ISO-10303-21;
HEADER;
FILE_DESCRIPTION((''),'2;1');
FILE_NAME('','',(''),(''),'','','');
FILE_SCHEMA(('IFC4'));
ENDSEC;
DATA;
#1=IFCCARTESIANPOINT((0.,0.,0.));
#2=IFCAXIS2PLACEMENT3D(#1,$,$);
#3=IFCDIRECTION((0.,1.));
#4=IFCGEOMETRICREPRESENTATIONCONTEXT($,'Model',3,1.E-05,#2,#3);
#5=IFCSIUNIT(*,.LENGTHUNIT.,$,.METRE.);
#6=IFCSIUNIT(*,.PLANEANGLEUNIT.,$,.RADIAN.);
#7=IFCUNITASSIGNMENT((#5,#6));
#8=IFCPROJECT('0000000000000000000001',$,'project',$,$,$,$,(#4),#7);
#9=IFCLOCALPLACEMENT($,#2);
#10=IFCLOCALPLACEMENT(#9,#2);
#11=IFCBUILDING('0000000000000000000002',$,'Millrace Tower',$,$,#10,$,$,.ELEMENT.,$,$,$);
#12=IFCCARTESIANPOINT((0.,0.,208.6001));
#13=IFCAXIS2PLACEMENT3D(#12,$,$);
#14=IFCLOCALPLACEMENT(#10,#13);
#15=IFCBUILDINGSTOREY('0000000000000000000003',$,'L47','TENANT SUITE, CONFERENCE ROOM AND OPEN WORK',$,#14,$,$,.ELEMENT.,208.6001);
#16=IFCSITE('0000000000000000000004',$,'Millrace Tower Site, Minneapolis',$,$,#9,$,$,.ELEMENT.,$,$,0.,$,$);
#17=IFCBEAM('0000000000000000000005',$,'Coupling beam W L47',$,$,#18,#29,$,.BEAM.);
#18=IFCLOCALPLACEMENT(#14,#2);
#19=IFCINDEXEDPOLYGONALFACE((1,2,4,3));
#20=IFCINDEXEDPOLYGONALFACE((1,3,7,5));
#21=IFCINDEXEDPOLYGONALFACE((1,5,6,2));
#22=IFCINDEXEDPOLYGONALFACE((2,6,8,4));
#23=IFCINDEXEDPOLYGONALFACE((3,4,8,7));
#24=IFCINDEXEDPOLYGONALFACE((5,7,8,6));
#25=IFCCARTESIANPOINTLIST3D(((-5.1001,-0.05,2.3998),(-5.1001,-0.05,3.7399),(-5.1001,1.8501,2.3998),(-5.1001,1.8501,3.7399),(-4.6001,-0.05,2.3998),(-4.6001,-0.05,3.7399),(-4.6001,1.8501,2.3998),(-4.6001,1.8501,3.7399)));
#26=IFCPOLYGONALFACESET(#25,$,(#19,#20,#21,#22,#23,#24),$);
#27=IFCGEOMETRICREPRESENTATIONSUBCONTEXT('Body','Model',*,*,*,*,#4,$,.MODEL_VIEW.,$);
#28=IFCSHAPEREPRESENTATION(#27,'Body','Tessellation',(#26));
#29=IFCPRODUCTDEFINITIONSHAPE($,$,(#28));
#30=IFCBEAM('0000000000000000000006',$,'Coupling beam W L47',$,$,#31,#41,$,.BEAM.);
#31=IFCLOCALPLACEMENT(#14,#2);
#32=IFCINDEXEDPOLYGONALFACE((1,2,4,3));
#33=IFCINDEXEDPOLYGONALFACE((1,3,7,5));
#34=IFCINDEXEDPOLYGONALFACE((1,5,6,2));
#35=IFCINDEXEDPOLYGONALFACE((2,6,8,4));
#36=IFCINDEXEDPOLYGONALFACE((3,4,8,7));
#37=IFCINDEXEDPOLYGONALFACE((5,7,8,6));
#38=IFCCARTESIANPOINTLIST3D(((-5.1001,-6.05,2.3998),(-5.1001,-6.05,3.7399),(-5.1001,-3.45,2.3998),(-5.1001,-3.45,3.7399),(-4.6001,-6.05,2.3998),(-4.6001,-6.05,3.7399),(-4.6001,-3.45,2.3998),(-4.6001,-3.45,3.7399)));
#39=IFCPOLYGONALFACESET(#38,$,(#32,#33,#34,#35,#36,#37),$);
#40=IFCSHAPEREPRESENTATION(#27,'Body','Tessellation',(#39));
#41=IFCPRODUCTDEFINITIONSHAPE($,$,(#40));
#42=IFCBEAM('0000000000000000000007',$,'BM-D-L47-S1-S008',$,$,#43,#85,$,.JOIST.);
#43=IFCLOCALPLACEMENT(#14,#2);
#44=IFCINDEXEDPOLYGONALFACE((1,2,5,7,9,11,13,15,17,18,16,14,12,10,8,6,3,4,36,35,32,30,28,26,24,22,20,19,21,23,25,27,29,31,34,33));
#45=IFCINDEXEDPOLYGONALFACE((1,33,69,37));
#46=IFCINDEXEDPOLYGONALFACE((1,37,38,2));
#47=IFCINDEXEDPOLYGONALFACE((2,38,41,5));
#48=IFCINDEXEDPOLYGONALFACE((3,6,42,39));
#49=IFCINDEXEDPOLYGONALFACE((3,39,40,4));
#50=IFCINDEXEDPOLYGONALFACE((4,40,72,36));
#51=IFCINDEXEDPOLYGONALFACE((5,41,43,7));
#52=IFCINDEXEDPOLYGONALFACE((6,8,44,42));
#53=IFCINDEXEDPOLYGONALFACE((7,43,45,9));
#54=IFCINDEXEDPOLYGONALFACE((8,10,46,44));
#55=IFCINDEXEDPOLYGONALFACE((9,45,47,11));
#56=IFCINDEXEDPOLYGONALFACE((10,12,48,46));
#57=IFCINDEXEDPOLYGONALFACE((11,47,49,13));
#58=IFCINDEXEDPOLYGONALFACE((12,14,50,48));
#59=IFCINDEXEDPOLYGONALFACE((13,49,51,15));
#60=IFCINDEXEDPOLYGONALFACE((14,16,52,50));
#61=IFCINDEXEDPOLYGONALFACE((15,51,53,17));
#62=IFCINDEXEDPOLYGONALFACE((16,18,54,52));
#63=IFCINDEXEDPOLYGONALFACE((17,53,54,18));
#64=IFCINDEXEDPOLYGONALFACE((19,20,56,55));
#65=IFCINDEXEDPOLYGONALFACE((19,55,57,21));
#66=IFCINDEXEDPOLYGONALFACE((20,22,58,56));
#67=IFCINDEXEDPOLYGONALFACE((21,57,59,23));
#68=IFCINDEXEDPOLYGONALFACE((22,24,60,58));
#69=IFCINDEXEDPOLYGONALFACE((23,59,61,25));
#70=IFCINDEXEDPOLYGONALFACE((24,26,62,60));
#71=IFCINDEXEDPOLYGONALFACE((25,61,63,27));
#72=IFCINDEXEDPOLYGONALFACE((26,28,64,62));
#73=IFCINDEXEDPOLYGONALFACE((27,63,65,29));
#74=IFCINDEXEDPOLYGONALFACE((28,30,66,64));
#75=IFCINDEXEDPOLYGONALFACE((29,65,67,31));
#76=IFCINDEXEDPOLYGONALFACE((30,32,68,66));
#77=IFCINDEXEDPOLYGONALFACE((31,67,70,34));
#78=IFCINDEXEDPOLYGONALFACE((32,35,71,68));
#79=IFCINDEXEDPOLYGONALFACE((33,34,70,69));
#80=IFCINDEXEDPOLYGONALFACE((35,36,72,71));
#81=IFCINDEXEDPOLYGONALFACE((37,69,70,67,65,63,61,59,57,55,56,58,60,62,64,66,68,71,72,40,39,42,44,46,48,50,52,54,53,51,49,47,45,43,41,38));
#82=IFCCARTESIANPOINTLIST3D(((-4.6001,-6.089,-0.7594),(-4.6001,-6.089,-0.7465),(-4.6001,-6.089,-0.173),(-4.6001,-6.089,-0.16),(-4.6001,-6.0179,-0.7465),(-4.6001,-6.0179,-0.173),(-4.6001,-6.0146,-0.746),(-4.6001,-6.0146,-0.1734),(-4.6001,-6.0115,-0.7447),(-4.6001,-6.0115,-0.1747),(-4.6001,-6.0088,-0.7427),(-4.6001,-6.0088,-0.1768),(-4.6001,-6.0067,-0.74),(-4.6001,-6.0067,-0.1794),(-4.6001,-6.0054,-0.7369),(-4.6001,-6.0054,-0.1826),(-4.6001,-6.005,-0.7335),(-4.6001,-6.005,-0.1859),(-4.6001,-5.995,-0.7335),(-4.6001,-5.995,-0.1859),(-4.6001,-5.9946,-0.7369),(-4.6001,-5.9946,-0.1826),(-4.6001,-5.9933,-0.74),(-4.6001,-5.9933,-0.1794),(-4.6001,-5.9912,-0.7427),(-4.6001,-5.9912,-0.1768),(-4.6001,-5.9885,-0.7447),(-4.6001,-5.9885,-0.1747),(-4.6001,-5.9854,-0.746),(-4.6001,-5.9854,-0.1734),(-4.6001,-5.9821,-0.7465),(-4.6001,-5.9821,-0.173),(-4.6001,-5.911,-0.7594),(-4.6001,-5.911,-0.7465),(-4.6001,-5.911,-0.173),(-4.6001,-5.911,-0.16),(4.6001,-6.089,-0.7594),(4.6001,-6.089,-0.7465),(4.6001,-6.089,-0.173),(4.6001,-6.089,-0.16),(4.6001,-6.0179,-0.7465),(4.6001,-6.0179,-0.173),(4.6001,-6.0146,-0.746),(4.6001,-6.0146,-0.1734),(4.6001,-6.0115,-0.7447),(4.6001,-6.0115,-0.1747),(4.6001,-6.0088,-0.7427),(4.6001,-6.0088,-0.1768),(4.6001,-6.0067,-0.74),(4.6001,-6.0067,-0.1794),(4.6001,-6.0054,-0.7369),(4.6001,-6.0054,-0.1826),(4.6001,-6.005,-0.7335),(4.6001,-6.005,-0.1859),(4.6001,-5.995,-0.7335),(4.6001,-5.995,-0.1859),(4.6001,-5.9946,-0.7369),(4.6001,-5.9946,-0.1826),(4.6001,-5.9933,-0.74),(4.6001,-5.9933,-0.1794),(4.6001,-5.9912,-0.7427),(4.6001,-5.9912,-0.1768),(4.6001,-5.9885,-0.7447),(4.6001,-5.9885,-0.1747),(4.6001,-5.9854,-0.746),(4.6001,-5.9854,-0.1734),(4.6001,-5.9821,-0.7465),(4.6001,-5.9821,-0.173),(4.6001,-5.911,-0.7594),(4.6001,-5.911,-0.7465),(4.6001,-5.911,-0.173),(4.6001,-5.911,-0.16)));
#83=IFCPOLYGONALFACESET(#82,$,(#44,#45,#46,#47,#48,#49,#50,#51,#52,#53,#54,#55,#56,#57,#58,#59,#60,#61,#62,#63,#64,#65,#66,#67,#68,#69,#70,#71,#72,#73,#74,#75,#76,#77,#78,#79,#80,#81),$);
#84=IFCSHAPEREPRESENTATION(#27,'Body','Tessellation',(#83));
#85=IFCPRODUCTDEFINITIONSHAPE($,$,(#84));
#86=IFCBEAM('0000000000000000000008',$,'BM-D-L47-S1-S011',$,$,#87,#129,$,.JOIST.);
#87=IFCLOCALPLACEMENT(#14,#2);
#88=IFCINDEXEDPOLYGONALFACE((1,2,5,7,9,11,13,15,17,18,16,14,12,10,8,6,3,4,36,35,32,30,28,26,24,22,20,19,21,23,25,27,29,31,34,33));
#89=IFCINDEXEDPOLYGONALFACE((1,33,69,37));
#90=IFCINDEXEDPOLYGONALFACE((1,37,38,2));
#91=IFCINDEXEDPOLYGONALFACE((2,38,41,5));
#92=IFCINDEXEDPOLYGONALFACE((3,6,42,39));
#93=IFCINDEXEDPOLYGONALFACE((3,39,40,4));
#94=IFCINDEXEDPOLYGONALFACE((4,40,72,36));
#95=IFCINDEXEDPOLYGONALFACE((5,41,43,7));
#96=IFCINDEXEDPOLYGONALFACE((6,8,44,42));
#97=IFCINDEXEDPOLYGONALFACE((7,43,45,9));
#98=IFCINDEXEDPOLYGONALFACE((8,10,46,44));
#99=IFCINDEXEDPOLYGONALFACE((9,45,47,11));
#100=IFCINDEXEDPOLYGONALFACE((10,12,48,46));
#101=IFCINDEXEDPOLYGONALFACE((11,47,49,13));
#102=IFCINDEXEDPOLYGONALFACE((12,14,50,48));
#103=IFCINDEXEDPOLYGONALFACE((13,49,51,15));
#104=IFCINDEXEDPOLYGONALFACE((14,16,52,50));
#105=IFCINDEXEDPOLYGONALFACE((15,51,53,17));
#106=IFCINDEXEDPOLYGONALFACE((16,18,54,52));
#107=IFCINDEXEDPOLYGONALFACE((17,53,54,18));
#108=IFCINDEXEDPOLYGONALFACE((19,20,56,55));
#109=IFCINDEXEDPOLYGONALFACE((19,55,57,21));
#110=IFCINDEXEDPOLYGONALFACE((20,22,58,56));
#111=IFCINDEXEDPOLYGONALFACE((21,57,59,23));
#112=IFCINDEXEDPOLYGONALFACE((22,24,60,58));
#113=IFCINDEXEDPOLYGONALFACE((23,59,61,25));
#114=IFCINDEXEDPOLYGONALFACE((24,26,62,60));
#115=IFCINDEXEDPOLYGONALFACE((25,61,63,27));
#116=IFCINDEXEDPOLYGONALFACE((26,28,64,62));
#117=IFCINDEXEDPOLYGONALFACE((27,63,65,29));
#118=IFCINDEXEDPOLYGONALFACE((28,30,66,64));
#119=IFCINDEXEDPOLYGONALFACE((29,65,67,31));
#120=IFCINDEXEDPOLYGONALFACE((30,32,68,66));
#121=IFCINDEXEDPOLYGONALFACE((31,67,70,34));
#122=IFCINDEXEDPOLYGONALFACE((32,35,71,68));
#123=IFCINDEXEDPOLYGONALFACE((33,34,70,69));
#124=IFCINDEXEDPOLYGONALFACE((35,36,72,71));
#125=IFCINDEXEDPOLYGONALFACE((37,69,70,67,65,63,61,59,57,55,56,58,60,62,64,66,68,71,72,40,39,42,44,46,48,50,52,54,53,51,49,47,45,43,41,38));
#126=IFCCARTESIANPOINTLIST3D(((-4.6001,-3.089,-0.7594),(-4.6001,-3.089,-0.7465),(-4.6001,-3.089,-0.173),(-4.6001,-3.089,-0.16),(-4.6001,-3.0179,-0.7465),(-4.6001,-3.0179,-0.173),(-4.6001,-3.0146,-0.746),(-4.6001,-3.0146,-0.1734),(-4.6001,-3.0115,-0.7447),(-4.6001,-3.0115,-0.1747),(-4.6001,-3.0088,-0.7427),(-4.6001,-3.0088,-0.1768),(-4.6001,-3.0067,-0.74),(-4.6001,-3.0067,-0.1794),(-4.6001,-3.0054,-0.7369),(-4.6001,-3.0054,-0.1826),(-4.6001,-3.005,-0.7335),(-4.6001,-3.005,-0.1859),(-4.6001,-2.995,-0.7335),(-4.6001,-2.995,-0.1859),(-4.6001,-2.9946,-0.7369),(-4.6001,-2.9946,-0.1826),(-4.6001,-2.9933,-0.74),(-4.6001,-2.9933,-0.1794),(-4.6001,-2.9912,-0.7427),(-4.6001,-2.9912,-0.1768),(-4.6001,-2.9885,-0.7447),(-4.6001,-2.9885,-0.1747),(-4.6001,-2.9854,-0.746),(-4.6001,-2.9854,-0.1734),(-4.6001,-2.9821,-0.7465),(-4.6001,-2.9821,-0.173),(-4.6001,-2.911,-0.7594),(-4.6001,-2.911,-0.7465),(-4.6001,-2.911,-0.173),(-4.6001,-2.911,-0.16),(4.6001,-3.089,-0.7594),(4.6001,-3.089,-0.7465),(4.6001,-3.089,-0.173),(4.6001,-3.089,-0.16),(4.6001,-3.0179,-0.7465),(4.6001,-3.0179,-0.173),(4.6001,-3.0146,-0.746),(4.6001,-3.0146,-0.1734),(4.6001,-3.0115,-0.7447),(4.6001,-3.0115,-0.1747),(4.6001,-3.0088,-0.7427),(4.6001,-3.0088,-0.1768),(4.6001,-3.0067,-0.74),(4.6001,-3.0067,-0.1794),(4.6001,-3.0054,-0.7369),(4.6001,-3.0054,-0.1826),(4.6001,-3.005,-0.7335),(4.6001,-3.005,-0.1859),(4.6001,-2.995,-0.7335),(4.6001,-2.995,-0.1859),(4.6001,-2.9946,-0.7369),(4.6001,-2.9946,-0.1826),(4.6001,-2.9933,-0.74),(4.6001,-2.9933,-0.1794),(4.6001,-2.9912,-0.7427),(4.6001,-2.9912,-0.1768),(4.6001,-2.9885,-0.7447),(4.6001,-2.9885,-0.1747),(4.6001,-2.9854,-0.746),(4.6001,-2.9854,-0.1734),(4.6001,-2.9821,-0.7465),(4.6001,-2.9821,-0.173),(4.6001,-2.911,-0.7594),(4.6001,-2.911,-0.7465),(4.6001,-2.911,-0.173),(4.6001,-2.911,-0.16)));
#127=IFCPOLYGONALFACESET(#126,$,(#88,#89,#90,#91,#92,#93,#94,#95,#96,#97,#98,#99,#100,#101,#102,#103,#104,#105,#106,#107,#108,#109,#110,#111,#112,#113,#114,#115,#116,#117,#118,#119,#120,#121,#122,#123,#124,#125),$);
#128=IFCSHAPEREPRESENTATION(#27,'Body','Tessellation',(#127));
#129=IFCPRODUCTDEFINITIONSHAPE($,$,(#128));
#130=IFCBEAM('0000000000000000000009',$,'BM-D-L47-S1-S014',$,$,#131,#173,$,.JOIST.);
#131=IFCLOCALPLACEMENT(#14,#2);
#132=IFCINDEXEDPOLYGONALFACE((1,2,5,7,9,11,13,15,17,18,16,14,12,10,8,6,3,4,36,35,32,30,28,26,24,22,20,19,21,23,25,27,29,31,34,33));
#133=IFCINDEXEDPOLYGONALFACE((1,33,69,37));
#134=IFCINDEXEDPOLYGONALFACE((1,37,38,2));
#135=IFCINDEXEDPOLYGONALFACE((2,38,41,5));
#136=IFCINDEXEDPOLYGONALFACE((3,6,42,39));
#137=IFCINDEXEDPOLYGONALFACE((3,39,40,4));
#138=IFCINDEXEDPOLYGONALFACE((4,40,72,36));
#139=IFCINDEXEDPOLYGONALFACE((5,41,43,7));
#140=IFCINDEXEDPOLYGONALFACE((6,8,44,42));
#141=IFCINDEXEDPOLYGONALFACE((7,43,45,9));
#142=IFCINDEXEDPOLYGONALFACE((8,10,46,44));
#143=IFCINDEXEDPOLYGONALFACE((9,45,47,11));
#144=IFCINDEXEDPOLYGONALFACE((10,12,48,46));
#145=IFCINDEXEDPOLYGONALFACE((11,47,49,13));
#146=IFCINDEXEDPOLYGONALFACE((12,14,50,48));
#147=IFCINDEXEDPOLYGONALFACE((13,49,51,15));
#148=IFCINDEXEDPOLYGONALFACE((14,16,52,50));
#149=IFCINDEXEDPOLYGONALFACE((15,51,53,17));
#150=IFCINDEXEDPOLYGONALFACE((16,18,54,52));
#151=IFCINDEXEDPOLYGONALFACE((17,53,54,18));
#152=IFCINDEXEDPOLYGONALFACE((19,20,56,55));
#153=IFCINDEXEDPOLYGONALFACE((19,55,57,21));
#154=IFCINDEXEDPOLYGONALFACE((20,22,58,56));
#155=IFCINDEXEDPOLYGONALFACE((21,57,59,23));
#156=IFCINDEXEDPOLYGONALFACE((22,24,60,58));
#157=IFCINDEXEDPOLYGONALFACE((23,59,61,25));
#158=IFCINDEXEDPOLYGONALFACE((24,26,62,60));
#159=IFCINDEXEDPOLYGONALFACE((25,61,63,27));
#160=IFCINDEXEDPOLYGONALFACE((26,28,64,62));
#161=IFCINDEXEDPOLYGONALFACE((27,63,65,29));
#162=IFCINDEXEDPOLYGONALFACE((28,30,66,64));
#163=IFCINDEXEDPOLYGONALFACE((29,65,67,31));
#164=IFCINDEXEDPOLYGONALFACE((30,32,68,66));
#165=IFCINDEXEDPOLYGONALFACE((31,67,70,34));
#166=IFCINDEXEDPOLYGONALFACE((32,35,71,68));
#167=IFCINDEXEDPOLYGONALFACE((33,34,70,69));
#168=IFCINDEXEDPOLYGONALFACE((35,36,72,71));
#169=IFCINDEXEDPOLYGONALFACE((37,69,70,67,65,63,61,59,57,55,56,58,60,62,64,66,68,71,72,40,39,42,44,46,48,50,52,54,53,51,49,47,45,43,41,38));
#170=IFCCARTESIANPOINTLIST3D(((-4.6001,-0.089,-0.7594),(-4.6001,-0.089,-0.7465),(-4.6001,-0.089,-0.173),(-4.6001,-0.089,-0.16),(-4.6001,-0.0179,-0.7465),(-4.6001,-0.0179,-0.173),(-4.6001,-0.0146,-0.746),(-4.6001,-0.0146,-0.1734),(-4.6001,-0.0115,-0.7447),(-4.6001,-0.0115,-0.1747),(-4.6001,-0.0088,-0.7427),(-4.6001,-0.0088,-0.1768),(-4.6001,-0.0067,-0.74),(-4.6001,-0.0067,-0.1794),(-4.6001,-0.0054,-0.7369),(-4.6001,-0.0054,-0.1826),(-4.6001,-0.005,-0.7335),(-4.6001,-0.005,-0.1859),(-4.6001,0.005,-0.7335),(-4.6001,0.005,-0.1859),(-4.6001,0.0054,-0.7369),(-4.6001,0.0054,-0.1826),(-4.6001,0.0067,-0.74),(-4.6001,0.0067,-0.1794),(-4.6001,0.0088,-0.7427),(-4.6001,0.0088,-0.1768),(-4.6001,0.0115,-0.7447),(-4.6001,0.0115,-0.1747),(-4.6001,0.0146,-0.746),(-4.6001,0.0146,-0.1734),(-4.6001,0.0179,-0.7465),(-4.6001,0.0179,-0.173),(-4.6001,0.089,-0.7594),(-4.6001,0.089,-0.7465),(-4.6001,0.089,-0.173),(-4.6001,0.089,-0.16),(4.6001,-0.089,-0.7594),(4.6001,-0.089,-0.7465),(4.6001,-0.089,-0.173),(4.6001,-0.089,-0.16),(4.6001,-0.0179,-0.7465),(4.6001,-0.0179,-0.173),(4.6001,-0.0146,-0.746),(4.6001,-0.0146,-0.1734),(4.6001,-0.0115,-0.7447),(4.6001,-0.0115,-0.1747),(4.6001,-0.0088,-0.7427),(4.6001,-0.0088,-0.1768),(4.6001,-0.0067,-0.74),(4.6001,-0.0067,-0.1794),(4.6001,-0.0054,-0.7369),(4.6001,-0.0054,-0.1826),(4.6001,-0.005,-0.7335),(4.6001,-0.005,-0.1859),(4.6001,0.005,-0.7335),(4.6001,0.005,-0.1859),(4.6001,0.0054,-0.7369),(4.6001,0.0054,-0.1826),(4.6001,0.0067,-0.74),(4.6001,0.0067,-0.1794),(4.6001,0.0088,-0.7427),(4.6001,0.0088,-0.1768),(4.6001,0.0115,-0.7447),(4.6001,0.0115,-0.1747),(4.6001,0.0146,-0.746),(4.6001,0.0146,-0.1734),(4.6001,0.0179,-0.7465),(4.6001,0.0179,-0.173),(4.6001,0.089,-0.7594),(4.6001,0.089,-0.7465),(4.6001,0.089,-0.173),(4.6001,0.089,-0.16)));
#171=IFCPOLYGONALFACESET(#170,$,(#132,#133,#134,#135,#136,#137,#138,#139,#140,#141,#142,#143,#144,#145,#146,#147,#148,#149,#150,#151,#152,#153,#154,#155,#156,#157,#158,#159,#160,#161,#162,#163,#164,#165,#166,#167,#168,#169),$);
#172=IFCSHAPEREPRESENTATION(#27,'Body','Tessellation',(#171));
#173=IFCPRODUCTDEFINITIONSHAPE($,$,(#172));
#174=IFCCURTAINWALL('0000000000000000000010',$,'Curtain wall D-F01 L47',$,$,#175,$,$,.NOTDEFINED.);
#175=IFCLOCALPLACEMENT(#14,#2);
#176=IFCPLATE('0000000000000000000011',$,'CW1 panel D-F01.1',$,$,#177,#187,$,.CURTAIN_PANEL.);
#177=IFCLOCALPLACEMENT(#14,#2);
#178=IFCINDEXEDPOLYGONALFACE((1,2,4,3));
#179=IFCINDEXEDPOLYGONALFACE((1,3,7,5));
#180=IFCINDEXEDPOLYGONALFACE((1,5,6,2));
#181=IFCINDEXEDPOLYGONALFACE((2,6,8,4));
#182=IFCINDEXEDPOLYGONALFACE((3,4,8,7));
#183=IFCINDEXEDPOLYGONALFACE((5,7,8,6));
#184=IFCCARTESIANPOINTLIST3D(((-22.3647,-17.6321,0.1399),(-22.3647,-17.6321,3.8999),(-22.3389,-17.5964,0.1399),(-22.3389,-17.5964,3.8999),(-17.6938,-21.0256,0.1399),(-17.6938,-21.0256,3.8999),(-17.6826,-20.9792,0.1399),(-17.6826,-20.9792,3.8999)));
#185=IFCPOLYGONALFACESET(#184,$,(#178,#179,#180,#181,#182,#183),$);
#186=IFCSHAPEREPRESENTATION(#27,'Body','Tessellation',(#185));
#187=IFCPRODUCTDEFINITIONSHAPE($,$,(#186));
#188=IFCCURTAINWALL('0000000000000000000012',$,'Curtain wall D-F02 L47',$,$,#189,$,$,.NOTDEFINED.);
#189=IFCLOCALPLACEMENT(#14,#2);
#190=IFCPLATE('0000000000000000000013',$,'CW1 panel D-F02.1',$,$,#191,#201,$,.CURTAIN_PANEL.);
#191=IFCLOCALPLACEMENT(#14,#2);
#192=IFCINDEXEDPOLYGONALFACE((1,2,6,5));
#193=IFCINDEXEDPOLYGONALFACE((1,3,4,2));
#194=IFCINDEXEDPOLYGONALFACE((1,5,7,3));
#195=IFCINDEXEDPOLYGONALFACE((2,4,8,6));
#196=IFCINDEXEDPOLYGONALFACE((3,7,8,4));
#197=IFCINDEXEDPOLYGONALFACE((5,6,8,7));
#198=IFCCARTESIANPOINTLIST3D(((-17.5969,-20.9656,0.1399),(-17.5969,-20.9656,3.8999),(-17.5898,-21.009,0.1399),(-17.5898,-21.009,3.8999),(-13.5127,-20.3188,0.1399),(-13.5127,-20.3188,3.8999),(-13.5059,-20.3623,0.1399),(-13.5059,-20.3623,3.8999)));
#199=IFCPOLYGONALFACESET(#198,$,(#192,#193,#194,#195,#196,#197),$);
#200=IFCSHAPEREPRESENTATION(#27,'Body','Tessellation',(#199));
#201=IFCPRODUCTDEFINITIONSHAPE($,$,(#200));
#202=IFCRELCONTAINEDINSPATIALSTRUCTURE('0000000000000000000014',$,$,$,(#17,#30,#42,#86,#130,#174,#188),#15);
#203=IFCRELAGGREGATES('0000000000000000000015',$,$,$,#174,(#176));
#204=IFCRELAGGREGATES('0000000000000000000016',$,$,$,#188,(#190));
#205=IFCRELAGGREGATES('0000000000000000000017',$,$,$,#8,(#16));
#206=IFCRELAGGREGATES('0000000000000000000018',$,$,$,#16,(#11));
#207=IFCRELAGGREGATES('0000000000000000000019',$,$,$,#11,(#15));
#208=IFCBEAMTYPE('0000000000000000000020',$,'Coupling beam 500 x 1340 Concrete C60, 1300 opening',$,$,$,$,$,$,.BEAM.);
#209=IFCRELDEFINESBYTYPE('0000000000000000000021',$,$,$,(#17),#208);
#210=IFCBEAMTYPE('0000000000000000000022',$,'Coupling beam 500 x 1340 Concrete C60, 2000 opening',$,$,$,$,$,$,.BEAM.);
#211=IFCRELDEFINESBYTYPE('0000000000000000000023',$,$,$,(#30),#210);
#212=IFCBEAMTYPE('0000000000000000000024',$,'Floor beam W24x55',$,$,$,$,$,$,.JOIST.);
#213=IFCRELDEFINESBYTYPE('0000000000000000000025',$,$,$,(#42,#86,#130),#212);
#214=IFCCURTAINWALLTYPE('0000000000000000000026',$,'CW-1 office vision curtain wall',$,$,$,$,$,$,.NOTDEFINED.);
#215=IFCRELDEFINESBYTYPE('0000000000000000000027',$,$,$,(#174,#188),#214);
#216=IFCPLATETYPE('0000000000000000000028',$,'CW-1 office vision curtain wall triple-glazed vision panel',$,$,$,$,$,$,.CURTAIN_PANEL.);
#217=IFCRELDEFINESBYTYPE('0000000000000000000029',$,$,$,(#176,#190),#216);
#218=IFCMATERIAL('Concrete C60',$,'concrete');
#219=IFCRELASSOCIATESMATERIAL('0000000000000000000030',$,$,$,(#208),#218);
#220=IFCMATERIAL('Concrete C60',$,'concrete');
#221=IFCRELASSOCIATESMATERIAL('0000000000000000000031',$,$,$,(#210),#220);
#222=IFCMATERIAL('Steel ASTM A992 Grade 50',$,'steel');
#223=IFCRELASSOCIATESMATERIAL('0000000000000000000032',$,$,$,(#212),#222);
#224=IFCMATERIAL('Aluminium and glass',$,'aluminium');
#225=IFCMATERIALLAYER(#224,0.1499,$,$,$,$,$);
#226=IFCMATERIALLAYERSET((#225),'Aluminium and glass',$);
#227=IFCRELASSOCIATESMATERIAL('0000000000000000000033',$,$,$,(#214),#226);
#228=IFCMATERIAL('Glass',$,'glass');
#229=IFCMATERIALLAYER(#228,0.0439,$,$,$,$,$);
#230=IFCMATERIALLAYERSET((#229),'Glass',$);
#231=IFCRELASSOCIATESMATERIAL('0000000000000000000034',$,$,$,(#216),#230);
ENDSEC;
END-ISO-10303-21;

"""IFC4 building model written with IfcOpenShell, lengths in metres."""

from ifc_helpers import new_model, si_unit, direction, frame, origin, origin_2d, place, context, subcontext, project, spatial, polyline, rectangle, i_section, outline, extrude, material, layer, layer_set, material_profile, profile_set, type_object, element, aggregate, save


model = new_model("IFC4")

# Units and contexts
model_context = context("Model", 3, precision=1e-05, world=origin(), true_north=direction((0.0, 1.0)))
body_context = subcontext(model_context, "Body", "Model", "MODEL_VIEW")
ifc_project = project(units=[si_unit("LENGTHUNIT", "METRE"), si_unit("PLANEANGLEUNIT", "RADIAN")], contexts=[model_context])

# Site, building, storey
site_placement = place(None, origin())
site = spatial("IfcSite", under=ifc_project, at=site_placement, Name="Millrace Tower Site, Minneapolis", CompositionType="ELEMENT", RefElevation=0.0)
building_placement = place(site_placement, origin())
building = spatial("IfcBuilding", under=site, at=building_placement, Name="Millrace Tower", CompositionType="ELEMENT")
storey_placement = place(building_placement, frame((0.0, 0.0, 208.6001)))
storey = spatial("IfcBuildingStorey", under=building, at=storey_placement, Name="L47", Description="TENANT SUITE, CONFERENCE ROOM AND OPEN WORK", CompositionType="ELEMENT", Elevation=208.6001)

# Beams
ifc_material_1 = material(Name="Concrete C60", Category="concrete")
ifc_material_profile_1 = material_profile(ifc_material_1, rectangle(XDim=0.5, YDim=1.3401, at=origin_2d()))
ifc_profile_set_1 = profile_set([ifc_material_profile_1], Name="Concrete C60")
beam_type_1 = type_object("IfcBeamType", Name="Coupling beam 500 x 1340 Concrete C60, 1300 opening", PredefinedType="BEAM", material=ifc_profile_set_1)
beam_1_placement = place(storey_placement, frame((-4.8501, -0.05, 3.0698), z_axis=(0.0, 1.0, 0.0), x_axis=(-1.0, 0.0, 0.0)))
element("IfcBeam", 1, at=beam_1_placement, inside=storey, type_object=beam_type_1, Name="Coupling beam W L47", PredefinedType="BEAM", context=body_context, shape_type="SweptSolid", body=[
    extrude(rectangle(XDim=0.5, YDim=1.3401, at=origin_2d()), origin(), (0.0, 0.0, 1.0), 1.9001),
])
ifc_material_2 = material(Name="Concrete C60", Category="concrete")
ifc_material_profile_2 = material_profile(ifc_material_2, rectangle(XDim=0.5, YDim=1.3401, at=origin_2d()))
ifc_profile_set_2 = profile_set([ifc_material_profile_2], Name="Concrete C60")
beam_type_2 = type_object("IfcBeamType", Name="Coupling beam 500 x 1340 Concrete C60, 2000 opening", PredefinedType="BEAM", material=ifc_profile_set_2)
beam_2_placement = place(storey_placement, frame((-4.8501, -6.05, 3.0698), z_axis=(0.0, 1.0, 0.0), x_axis=(-1.0, 0.0, 0.0)))
element("IfcBeam", 2, at=beam_2_placement, inside=storey, type_object=beam_type_2, Name="Coupling beam W L47", PredefinedType="BEAM", context=body_context, shape_type="SweptSolid", body=[
    extrude(rectangle(XDim=0.5, YDim=1.3401, at=origin_2d()), origin(), (0.0, 0.0, 1.0), 2.6001),
])
ifc_material_3 = material(Name="Steel ASTM A992 Grade 50", Category="steel")
ifc_material_profile_3 = material_profile(ifc_material_3, i_section(OverallWidth=0.178, OverallDepth=0.5994, WebThickness=0.01, FlangeThickness=0.0129, FilletRadius=0.0129, at=origin_2d()))
ifc_profile_set_3 = profile_set([ifc_material_profile_3], Name="Steel ASTM A992 Grade 50")
beam_type_3 = type_object("IfcBeamType", Name="Floor beam W24x55", PredefinedType="JOIST", material=ifc_profile_set_3)
for number, where, z_axis, x_axis, name in (
    (3, (-4.6001, -6.0, -0.4597), (1.0, 0.0, 0.0), (0.0, 1.0, 0.0), "BM-D-L47-S1-S008"),
    (4, (-4.6001, -3.0, -0.4597), (1.0, 0.0, 0.0), (0.0, 1.0, 0.0), "BM-D-L47-S1-S011"),
    (5, (-4.6001, 0.0, -0.4597), (1.0, 0.0, 0.0), (0.0, 1.0, 0.0), "BM-D-L47-S1-S014"),
):
    element("IfcBeam", number, at=place(storey_placement, frame(where, z_axis=z_axis, x_axis=x_axis)), inside=storey, type_object=beam_type_3, Name=name, PredefinedType="JOIST", context=body_context, shape_type="SweptSolid", body=[
        extrude(i_section(OverallWidth=0.178, OverallDepth=0.5994, WebThickness=0.01, FlangeThickness=0.0129, FilletRadius=0.0129, at=origin_2d()), origin(), (0.0, 0.0, 1.0), 9.2002),
    ])

# Curtain wall, plate
ifc_material_4 = material(Name="Aluminium and glass", Category="aluminium")
ifc_layer_1 = layer(ifc_material_4, 0.1499)
ifc_layer_set_1 = layer_set([ifc_layer_1], Name="Aluminium and glass")
curtain_wall_type = type_object("IfcCurtainWallType", Name="CW-1 office vision curtain wall", PredefinedType="NOTDEFINED", material=ifc_layer_set_1)
placement_1 = place(storey_placement, origin())
curtain_wall_1 = element("IfcCurtainWall", 6, at=placement_1, inside=storey, type_object=curtain_wall_type, Name="Curtain wall D-F01 L47", PredefinedType="NOTDEFINED")
ifc_material_5 = material(Name="Glass", Category="glass")
ifc_layer_2 = layer(ifc_material_5, 0.0439)
ifc_layer_set_2 = layer_set([ifc_layer_2], Name="Glass")
plate_type = type_object("IfcPlateType", Name="CW-1 office vision curtain wall triple-glazed vision panel", PredefinedType="CURTAIN_PANEL", material=ifc_layer_set_2)
placement_2 = place(storey_placement, frame((0.0, 0.0, 0.1399)))
plate_1 = element("IfcPlate", 7, at=placement_2, type_object=plate_type, Name="CW1 panel D-F01.1", PredefinedType="CURTAIN_PANEL", context=body_context, shape_type="SweptSolid", body=[
    extrude(outline(polyline([(-22.3647, -17.6321), (-17.6938, -21.0256), (-17.6826, -20.9792), (-22.3389, -17.5964), (-22.3647, -17.6321)])), origin(), (0.0, 0.0, 1.0), 3.76),
])
aggregate(curtain_wall_1, [plate_1])

# Curtain wall, plate
curtain_wall_2 = element("IfcCurtainWall", 8, at=placement_1, inside=storey, type_object=curtain_wall_type, Name="Curtain wall D-F02 L47", PredefinedType="NOTDEFINED")
plate_2 = element("IfcPlate", 9, at=placement_2, type_object=plate_type, Name="CW1 panel D-F02.1", PredefinedType="CURTAIN_PANEL", context=body_context, shape_type="SweptSolid", body=[
    extrude(outline(polyline([(-17.5898, -21.009), (-13.5059, -20.3623), (-13.5127, -20.3188), (-17.5969, -20.9656), (-17.5898, -21.009)])), origin(), (0.0, 0.0, 1.0), 3.76),
])
aggregate(curtain_wall_2, [plate_2])

save(model, "model.ifc")
